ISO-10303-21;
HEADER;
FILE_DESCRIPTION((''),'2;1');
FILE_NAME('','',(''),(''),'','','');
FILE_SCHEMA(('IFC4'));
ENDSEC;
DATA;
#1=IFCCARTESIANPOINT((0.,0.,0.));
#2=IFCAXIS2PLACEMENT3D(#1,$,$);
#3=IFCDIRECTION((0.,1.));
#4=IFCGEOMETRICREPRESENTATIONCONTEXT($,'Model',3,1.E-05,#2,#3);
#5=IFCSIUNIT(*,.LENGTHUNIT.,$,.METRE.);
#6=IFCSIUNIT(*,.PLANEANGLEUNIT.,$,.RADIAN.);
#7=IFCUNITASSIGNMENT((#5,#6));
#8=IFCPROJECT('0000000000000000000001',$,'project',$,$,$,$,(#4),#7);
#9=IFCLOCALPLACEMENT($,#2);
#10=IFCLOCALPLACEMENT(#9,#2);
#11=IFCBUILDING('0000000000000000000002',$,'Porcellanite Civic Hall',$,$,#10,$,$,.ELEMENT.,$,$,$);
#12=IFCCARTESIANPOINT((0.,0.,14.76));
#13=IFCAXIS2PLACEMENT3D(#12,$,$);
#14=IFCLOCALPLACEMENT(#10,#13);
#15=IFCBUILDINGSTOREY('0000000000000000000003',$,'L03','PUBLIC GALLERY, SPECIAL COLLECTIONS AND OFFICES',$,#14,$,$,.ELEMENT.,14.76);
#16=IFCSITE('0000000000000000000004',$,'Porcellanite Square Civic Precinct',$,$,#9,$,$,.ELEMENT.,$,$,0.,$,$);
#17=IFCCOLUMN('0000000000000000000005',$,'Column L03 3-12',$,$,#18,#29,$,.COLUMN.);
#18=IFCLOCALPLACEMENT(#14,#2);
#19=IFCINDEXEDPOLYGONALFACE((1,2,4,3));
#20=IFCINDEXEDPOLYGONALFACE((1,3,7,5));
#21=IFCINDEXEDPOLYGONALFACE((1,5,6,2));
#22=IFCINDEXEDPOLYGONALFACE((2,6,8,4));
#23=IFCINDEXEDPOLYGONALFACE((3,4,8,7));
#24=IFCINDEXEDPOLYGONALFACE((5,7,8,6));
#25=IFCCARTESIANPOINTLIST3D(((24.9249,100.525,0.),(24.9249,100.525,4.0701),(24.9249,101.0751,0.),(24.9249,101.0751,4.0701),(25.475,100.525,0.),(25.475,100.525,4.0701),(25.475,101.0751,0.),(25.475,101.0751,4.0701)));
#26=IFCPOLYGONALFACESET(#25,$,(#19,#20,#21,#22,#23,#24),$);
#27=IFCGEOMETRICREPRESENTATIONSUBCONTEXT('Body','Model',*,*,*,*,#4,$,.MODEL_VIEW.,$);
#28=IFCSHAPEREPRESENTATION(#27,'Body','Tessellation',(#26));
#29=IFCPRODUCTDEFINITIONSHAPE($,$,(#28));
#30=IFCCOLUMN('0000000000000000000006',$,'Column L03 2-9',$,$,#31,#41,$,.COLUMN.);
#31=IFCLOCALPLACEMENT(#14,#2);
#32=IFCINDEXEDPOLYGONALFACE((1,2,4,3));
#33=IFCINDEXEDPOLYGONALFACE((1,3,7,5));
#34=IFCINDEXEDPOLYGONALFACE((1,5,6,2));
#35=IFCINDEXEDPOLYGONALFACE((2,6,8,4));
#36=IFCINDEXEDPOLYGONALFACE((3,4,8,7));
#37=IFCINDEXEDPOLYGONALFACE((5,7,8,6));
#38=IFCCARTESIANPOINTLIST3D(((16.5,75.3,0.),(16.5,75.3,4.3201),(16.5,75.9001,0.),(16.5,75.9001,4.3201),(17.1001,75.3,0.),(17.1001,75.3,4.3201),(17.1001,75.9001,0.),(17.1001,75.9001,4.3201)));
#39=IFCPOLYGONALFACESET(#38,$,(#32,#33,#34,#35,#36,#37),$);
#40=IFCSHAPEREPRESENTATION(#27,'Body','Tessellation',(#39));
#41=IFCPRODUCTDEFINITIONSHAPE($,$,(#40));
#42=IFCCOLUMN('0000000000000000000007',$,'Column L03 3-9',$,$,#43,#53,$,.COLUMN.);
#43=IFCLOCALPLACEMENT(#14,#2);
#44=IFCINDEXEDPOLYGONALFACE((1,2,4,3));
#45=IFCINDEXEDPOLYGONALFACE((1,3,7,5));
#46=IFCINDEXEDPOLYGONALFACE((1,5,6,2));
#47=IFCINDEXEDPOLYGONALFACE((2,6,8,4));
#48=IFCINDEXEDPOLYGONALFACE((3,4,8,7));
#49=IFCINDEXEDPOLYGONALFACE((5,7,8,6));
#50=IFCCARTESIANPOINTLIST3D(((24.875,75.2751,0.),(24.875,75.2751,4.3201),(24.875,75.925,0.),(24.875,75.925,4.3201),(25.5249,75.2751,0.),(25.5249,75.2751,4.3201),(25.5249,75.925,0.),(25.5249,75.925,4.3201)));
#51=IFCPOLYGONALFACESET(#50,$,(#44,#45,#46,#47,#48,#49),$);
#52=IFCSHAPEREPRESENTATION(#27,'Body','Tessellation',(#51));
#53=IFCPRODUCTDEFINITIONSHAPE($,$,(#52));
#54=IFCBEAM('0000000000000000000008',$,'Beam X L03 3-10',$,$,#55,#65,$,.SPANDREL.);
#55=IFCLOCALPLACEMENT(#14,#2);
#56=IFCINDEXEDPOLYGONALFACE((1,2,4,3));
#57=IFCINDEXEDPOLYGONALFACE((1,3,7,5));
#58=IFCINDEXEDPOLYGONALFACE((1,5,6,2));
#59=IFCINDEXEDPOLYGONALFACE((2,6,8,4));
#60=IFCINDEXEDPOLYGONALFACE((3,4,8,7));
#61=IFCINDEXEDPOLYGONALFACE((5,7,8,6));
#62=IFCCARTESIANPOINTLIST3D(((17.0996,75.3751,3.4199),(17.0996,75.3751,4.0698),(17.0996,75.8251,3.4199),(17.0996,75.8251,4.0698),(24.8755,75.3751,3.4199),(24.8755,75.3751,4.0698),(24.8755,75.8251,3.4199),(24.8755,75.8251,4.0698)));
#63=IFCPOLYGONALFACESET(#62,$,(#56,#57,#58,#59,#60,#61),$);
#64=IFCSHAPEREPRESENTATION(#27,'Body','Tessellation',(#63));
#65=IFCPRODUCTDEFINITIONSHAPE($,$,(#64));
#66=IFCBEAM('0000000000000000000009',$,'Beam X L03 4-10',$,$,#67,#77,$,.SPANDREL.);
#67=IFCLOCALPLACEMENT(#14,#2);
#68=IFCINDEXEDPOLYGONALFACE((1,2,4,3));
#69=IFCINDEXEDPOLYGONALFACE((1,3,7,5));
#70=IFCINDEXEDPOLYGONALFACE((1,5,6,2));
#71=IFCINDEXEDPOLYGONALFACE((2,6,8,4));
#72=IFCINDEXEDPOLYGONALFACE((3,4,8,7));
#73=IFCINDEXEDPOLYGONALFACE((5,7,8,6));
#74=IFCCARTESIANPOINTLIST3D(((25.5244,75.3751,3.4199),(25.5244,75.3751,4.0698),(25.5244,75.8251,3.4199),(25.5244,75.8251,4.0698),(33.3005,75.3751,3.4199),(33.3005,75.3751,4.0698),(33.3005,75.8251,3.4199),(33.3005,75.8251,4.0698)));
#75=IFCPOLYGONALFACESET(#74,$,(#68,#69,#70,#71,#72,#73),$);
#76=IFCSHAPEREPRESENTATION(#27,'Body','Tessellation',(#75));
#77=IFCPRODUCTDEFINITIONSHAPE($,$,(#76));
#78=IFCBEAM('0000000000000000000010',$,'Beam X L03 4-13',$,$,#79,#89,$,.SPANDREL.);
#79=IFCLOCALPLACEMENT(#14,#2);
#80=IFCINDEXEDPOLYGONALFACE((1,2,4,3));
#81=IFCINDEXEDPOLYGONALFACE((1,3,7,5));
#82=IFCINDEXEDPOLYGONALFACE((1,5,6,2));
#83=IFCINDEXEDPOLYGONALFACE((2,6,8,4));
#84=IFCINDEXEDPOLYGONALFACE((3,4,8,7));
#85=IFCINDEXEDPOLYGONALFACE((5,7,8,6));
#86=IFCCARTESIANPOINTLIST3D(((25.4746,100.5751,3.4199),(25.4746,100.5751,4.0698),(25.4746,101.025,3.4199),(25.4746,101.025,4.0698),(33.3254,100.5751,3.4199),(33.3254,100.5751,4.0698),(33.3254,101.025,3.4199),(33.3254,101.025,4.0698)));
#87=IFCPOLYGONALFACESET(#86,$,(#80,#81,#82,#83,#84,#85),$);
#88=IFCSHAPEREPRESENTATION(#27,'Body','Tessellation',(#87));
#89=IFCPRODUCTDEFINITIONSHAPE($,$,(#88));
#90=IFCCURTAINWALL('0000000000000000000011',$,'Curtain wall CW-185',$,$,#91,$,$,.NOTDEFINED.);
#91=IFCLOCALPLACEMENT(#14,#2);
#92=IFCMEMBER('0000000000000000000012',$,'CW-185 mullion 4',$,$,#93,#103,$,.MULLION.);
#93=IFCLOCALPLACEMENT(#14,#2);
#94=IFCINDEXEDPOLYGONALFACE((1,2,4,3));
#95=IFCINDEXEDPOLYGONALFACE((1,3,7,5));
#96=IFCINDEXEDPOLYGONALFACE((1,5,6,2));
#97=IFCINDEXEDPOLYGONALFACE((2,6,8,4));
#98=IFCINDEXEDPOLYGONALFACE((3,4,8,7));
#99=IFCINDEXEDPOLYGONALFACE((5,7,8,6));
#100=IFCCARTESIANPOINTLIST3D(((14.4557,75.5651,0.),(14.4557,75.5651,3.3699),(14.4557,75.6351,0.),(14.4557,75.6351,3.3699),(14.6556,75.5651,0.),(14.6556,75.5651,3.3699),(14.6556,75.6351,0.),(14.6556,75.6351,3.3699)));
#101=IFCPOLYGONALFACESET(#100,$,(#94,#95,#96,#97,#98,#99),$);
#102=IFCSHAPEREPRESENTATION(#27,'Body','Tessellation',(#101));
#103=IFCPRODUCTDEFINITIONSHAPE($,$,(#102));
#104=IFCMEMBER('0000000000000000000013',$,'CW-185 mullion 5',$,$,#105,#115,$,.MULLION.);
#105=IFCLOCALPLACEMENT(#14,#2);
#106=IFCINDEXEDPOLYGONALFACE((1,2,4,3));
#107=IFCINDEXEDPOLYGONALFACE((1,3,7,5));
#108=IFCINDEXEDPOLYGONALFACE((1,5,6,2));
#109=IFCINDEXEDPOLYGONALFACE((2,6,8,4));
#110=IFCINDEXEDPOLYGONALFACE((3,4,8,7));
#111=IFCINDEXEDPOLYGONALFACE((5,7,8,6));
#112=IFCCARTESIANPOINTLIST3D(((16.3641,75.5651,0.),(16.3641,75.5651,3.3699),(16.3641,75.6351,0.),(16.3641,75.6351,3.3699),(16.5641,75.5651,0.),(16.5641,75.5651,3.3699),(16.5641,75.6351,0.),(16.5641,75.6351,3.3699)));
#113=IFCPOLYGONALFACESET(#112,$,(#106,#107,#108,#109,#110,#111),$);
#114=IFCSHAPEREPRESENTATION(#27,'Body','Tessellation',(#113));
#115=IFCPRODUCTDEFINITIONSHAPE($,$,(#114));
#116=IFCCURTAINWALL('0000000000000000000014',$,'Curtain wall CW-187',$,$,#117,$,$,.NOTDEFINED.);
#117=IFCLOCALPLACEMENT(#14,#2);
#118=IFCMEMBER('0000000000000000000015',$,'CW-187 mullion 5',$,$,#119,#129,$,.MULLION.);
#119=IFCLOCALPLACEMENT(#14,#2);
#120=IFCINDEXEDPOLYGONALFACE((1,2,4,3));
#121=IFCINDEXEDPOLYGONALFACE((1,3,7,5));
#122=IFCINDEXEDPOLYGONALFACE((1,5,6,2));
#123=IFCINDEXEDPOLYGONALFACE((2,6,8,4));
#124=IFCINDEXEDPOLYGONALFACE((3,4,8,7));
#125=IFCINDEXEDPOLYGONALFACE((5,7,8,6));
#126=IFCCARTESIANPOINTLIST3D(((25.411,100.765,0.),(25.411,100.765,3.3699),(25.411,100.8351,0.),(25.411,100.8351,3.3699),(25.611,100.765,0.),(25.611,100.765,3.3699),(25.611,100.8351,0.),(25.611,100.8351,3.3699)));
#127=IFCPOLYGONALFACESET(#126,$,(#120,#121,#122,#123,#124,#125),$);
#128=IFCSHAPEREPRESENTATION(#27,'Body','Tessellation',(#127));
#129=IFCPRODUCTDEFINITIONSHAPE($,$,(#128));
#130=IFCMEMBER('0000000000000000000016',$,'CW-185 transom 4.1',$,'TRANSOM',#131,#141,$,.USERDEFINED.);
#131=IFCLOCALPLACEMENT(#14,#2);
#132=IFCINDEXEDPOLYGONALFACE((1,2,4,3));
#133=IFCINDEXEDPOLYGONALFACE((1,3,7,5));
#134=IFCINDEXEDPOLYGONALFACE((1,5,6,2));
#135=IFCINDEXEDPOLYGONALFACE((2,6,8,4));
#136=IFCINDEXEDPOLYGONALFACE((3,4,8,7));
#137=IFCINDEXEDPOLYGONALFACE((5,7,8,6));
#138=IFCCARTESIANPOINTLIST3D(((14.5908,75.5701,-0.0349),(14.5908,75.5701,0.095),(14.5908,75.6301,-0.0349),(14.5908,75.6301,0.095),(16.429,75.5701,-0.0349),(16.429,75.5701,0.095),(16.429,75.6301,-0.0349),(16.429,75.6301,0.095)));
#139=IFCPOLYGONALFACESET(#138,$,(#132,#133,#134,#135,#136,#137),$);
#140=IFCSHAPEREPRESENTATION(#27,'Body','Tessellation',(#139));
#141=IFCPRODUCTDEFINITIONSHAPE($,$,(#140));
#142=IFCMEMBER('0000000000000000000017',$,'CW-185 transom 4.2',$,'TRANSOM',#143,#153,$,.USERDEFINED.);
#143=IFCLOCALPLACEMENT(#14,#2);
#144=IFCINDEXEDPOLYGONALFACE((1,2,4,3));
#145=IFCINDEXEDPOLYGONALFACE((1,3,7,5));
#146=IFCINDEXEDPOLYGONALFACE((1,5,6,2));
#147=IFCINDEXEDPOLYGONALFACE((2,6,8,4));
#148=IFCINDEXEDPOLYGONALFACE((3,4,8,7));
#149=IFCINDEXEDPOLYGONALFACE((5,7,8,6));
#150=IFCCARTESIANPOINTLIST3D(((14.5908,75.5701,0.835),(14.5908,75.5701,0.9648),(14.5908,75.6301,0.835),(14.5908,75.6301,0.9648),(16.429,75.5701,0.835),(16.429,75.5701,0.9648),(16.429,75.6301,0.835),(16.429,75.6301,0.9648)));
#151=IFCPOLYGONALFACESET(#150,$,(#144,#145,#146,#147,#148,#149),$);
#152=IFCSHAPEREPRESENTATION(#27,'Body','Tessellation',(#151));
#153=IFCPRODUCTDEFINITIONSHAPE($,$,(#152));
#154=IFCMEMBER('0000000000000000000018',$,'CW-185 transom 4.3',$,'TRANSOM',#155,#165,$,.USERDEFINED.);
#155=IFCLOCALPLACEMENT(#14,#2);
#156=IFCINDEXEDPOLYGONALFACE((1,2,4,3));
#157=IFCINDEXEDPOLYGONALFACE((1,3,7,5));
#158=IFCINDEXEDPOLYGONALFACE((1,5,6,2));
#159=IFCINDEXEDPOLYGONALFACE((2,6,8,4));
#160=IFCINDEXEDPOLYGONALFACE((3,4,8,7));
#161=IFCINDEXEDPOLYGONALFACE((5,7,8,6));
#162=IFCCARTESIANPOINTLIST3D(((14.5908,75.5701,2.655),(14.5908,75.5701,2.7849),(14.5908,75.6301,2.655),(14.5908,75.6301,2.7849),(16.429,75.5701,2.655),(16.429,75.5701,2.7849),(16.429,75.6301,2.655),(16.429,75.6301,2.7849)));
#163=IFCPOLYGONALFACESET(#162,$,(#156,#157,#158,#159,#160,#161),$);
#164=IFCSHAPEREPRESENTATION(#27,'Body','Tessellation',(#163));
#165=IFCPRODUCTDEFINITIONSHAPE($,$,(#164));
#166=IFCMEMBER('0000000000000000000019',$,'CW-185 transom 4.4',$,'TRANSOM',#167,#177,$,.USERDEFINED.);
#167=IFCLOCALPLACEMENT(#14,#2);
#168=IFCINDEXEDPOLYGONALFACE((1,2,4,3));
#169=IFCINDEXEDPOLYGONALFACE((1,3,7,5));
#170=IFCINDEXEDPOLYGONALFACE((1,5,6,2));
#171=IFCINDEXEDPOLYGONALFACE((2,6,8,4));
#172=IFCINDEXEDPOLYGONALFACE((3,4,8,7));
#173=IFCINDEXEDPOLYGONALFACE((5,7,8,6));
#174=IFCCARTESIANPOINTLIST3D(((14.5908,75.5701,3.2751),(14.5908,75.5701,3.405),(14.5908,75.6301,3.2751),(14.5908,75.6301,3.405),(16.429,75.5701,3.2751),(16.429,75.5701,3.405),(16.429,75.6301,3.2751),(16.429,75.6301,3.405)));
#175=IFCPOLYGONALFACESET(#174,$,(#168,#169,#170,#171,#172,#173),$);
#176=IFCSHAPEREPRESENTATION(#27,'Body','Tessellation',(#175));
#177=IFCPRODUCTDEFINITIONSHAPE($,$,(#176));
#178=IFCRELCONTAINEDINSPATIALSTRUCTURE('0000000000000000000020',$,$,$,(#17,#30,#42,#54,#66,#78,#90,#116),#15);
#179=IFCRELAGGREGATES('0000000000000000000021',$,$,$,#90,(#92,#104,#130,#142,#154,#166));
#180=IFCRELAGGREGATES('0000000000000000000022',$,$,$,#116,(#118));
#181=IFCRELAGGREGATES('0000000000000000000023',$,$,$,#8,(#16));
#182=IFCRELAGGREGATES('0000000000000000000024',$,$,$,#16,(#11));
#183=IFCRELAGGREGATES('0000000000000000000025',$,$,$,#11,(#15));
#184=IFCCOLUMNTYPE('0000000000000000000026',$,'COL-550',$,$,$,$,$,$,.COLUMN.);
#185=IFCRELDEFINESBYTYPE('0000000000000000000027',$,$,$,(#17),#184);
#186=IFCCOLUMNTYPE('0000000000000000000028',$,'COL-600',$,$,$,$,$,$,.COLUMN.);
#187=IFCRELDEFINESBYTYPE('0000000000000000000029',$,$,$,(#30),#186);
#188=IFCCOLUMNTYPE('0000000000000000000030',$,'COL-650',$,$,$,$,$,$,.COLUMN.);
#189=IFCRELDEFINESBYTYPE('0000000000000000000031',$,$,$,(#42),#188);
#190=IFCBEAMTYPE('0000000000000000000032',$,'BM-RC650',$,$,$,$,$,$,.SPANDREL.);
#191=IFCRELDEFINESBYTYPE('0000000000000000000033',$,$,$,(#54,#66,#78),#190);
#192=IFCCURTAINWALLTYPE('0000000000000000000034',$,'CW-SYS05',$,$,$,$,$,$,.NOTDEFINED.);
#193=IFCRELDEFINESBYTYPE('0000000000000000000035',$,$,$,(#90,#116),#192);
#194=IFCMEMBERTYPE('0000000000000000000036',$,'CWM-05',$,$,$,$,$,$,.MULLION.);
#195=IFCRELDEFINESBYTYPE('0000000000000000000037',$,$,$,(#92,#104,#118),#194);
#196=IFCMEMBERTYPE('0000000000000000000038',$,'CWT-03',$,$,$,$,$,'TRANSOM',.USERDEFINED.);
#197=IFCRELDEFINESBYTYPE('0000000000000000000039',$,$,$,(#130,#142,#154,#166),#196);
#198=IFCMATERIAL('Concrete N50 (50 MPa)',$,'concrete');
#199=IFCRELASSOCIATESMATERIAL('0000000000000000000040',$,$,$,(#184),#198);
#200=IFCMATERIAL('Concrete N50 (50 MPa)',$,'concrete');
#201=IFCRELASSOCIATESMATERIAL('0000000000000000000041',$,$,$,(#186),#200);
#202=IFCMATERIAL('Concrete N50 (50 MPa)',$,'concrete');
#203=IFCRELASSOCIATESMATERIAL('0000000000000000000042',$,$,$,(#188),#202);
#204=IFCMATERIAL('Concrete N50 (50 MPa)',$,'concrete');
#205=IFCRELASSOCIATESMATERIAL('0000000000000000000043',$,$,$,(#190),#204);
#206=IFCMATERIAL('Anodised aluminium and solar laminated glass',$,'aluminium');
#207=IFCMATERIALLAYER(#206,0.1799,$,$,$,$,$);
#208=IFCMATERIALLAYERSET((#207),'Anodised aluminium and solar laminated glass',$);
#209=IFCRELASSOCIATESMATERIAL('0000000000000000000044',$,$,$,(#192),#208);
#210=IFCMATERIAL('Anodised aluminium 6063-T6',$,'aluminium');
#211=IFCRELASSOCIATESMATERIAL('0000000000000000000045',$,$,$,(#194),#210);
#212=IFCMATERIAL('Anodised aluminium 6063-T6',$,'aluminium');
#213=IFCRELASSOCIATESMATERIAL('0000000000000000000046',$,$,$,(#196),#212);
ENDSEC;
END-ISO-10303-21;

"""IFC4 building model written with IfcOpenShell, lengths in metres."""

from ifc_helpers import new_model, si_unit, direction, frame, origin, origin_2d, place, context, subcontext, project, spatial, rectangle, extrude, material, layer, layer_set, material_profile, profile_set, type_object, element, aggregate, save


model = new_model("IFC4")

# Units and contexts
model_context = context("Model", 3, precision=1e-05, world=origin(), true_north=direction((0.0, 1.0)))
body_context = subcontext(model_context, "Body", "Model", "MODEL_VIEW")
ifc_project = project(units=[si_unit("LENGTHUNIT", "METRE"), si_unit("PLANEANGLEUNIT", "RADIAN")], contexts=[model_context])

# Site, building, storey
site_placement = place(None, origin())
site = spatial("IfcSite", under=ifc_project, at=site_placement, Name="Porcellanite Square Civic Precinct", CompositionType="ELEMENT", RefElevation=0.0)
building_placement = place(site_placement, origin())
building = spatial("IfcBuilding", under=site, at=building_placement, Name="Porcellanite Civic Hall", CompositionType="ELEMENT")
storey_placement = place(building_placement, frame((0.0, 0.0, 14.76)))
storey = spatial("IfcBuildingStorey", under=building, at=storey_placement, Name="L03", Description="PUBLIC GALLERY, SPECIAL COLLECTIONS AND OFFICES", CompositionType="ELEMENT", Elevation=14.76)

# Columns
ifc_material_1 = material(Name="Concrete N50 (50 MPa)", Category="concrete")
ifc_material_profile_1 = material_profile(ifc_material_1, rectangle(XDim=0.55, YDim=0.55, at=origin_2d()), Name="RC-550x550")
ifc_profile_set_1 = profile_set([ifc_material_profile_1], Name="Concrete N50 (50 MPa)")
column_type_1 = type_object("IfcColumnType", Name="COL-550", PredefinedType="COLUMN", material=ifc_profile_set_1)
column_1_placement = place(storey_placement, frame((25.2, 100.8, 0.0), z_axis=(0.0, 0.0, 1.0), x_axis=(1.0, 0.0, 0.0)))
element("IfcColumn", 1, at=column_1_placement, inside=storey, type_object=column_type_1, Name="Column L03 3-12", PredefinedType="COLUMN", context=body_context, shape_type="SweptSolid", body=[
    extrude(rectangle(XDim=0.55, YDim=0.55, at=origin_2d()), origin(), (0.0, 0.0, 1.0), 4.0701),
])
ifc_material_2 = material(Name="Concrete N50 (50 MPa)", Category="concrete")
ifc_material_profile_2 = material_profile(ifc_material_2, rectangle(XDim=0.6001, YDim=0.6001, at=origin_2d()), Name="RC-600x600")
ifc_profile_set_2 = profile_set([ifc_material_profile_2], Name="Concrete N50 (50 MPa)")
column_type_2 = type_object("IfcColumnType", Name="COL-600", PredefinedType="COLUMN", material=ifc_profile_set_2)
column_2_placement = place(storey_placement, frame((16.8, 75.6001, 0.0), z_axis=(0.0, 0.0, 1.0), x_axis=(1.0, 0.0, 0.0)))
element("IfcColumn", 2, at=column_2_placement, inside=storey, type_object=column_type_2, Name="Column L03 2-9", PredefinedType="COLUMN", context=body_context, shape_type="SweptSolid", body=[
    extrude(rectangle(XDim=0.6001, YDim=0.6001, at=origin_2d()), origin(), (0.0, 0.0, 1.0), 4.3201),
])
ifc_material_3 = material(Name="Concrete N50 (50 MPa)", Category="concrete")
ifc_material_profile_3 = material_profile(ifc_material_3, rectangle(XDim=0.6499, YDim=0.6499, at=origin_2d()), Name="RC-650x650")
ifc_profile_set_3 = profile_set([ifc_material_profile_3], Name="Concrete N50 (50 MPa)")
column_type_3 = type_object("IfcColumnType", Name="COL-650", PredefinedType="COLUMN", material=ifc_profile_set_3)
column_3_placement = place(storey_placement, frame((25.2, 75.6001, 0.0), z_axis=(0.0, 0.0, 1.0), x_axis=(1.0, 0.0, 0.0)))
element("IfcColumn", 3, at=column_3_placement, inside=storey, type_object=column_type_3, Name="Column L03 3-9", PredefinedType="COLUMN", context=body_context, shape_type="SweptSolid", body=[
    extrude(rectangle(XDim=0.6499, YDim=0.6499, at=origin_2d()), origin(), (0.0, 0.0, 1.0), 4.3201),
])

# Beams
ifc_material_4 = material(Name="Concrete N50 (50 MPa)", Category="concrete")
ifc_material_profile_4 = material_profile(ifc_material_4, rectangle(XDim=0.45, YDim=0.6499, at=origin_2d()), Name="RC-450x650")
ifc_profile_set_4 = profile_set([ifc_material_profile_4], Name="Concrete N50 (50 MPa)")
beam_type = type_object("IfcBeamType", Name="BM-RC650", PredefinedType="SPANDREL", material=ifc_profile_set_4)
beam_1_placement = place(storey_placement, frame((17.0996, 75.6001, 3.7449), z_axis=(1.0, 0.0, 0.0), x_axis=(0.0, 1.0, 0.0)))
element("IfcBeam", 4, at=beam_1_placement, inside=storey, type_object=beam_type, Name="Beam X L03 3-10", PredefinedType="SPANDREL", context=body_context, shape_type="SweptSolid", body=[
    extrude(rectangle(XDim=0.45, YDim=0.6499, at=origin_2d()), origin(), (0.0, 0.0, 1.0), 7.7759),
])
beam_2_placement = place(storey_placement, frame((25.5244, 75.6001, 3.7449), z_axis=(1.0, 0.0, 0.0), x_axis=(0.0, 1.0, 0.0)))
element("IfcBeam", 5, at=beam_2_placement, inside=storey, type_object=beam_type, Name="Beam X L03 4-10", PredefinedType="SPANDREL", context=body_context, shape_type="SweptSolid", body=[
    extrude(rectangle(XDim=0.45, YDim=0.6499, at=origin_2d()), origin(), (0.0, 0.0, 1.0), 7.7761),
])
beam_3_placement = place(storey_placement, frame((25.4746, 100.8, 3.7449), z_axis=(1.0, 0.0, 0.0), x_axis=(0.0, 1.0, 0.0)))
element("IfcBeam", 6, at=beam_3_placement, inside=storey, type_object=beam_type, Name="Beam X L03 4-13", PredefinedType="SPANDREL", context=body_context, shape_type="SweptSolid", body=[
    extrude(rectangle(XDim=0.45, YDim=0.6499, at=origin_2d()), origin(), (0.0, 0.0, 1.0), 7.8508),
])

# Curtain wall, members
ifc_material_5 = material(Name="Anodised aluminium and solar laminated glass", Category="aluminium")
ifc_layer_1 = layer(ifc_material_5, 0.1799)
ifc_layer_set_1 = layer_set([ifc_layer_1], Name="Anodised aluminium and solar laminated glass")
curtain_wall_type = type_object("IfcCurtainWallType", Name="CW-SYS05", PredefinedType="NOTDEFINED", material=ifc_layer_set_1)
curtain_wall_1_placement = place(storey_placement, origin())
curtain_wall_1 = element("IfcCurtainWall", 7, at=curtain_wall_1_placement, inside=storey, type_object=curtain_wall_type, Name="Curtain wall CW-185", PredefinedType="NOTDEFINED")
ifc_material_6 = material(Name="Anodised aluminium 6063-T6", Category="aluminium")
ifc_material_profile_5 = material_profile(ifc_material_6, rectangle(XDim=0.0701, YDim=0.2, at=origin_2d()), Name="AL-70x200")
ifc_profile_set_5 = profile_set([ifc_material_profile_5], Name="Anodised aluminium 6063-T6")
member_type_1 = type_object("IfcMemberType", Name="CWM-05", PredefinedType="MULLION", material=ifc_profile_set_5)
member_1_placement = place(storey_placement, frame((14.5557, 75.6001, 0.0), z_axis=(0.0, 0.0, 1.0), x_axis=(0.0, 1.0, 0.0)))
member_1 = element("IfcMember", 8, at=member_1_placement, type_object=member_type_1, Name="CW-185 mullion 4", PredefinedType="MULLION", context=body_context, shape_type="SweptSolid", body=[
    extrude(rectangle(XDim=0.0701, YDim=0.2, at=origin_2d()), origin(), (0.0, 0.0, 1.0), 3.3699),
])
member_2_placement = place(storey_placement, frame((16.4641, 75.6001, 0.0), z_axis=(0.0, 0.0, 1.0), x_axis=(0.0, 1.0, 0.0)))
member_2 = element("IfcMember", 9, at=member_2_placement, type_object=member_type_1, Name="CW-185 mullion 5", PredefinedType="MULLION", context=body_context, shape_type="SweptSolid", body=[
    extrude(rectangle(XDim=0.0701, YDim=0.2, at=origin_2d()), origin(), (0.0, 0.0, 1.0), 3.3699),
])

# Curtain wall, member
curtain_wall_2_placement = place(storey_placement, origin())
curtain_wall_2 = element("IfcCurtainWall", 10, at=curtain_wall_2_placement, inside=storey, type_object=curtain_wall_type, Name="Curtain wall CW-187", PredefinedType="NOTDEFINED")
member_3_placement = place(storey_placement, frame((25.511, 100.8, 0.0), z_axis=(0.0, 0.0, 1.0), x_axis=(0.0, -1.0, 0.0)))
member_3 = element("IfcMember", 11, at=member_3_placement, type_object=member_type_1, Name="CW-187 mullion 5", PredefinedType="MULLION", context=body_context, shape_type="SweptSolid", body=[
    extrude(rectangle(XDim=0.0701, YDim=0.2, at=origin_2d()), origin(), (0.0, 0.0, 1.0), 3.3699),
])

# Members
ifc_material_7 = material(Name="Anodised aluminium 6063-T6", Category="aluminium")
ifc_material_profile_6 = material_profile(ifc_material_7, rectangle(XDim=0.0601, YDim=0.1299, at=origin_2d()), Name="AL-60x130")
ifc_profile_set_6 = profile_set([ifc_material_profile_6], Name="Anodised aluminium 6063-T6")
member_type_2 = type_object("IfcMemberType", Name="CWT-03", ElementType="TRANSOM", PredefinedType="USERDEFINED", material=ifc_profile_set_6)
member_4_placement = place(storey_placement, frame((14.5908, 75.6001, 0.03), z_axis=(1.0, 0.0, 0.0), x_axis=(0.0, 1.0, 0.0)))
member_4 = element("IfcMember", 12, at=member_4_placement, type_object=member_type_2, Name="CW-185 transom 4.1", ObjectType="TRANSOM", PredefinedType="USERDEFINED", context=body_context, shape_type="SweptSolid", body=[
    extrude(rectangle(XDim=0.0601, YDim=0.1299, at=origin_2d()), origin(), (0.0, 0.0, 1.0), 1.8381),
])
member_5_placement = place(storey_placement, frame((14.5908, 75.6001, 0.8999), z_axis=(1.0, 0.0, 0.0), x_axis=(0.0, 1.0, 0.0)))
member_5 = element("IfcMember", 13, at=member_5_placement, type_object=member_type_2, Name="CW-185 transom 4.2", ObjectType="TRANSOM", PredefinedType="USERDEFINED", context=body_context, shape_type="SweptSolid", body=[
    extrude(rectangle(XDim=0.0601, YDim=0.1299, at=origin_2d()), origin(), (0.0, 0.0, 1.0), 1.8381),
])
member_6_placement = place(storey_placement, frame((14.5908, 75.6001, 2.72), z_axis=(1.0, 0.0, 0.0), x_axis=(0.0, 1.0, 0.0)))
member_6 = element("IfcMember", 14, at=member_6_placement, type_object=member_type_2, Name="CW-185 transom 4.3", ObjectType="TRANSOM", PredefinedType="USERDEFINED", context=body_context, shape_type="SweptSolid", body=[
    extrude(rectangle(XDim=0.0601, YDim=0.1299, at=origin_2d()), origin(), (0.0, 0.0, 1.0), 1.8381),
])
member_7_placement = place(storey_placement, frame((14.5908, 75.6001, 3.3401), z_axis=(1.0, 0.0, 0.0), x_axis=(0.0, 1.0, 0.0)))
member_7 = element("IfcMember", 15, at=member_7_placement, type_object=member_type_2, Name="CW-185 transom 4.4", ObjectType="TRANSOM", PredefinedType="USERDEFINED", context=body_context, shape_type="SweptSolid", body=[
    extrude(rectangle(XDim=0.0601, YDim=0.1299, at=origin_2d()), origin(), (0.0, 0.0, 1.0), 1.8381),
])

aggregate(curtain_wall_1, [member_1, member_2, member_4, member_5, member_6, member_7])
aggregate(curtain_wall_2, [member_3])

save(model, "model.ifc")
